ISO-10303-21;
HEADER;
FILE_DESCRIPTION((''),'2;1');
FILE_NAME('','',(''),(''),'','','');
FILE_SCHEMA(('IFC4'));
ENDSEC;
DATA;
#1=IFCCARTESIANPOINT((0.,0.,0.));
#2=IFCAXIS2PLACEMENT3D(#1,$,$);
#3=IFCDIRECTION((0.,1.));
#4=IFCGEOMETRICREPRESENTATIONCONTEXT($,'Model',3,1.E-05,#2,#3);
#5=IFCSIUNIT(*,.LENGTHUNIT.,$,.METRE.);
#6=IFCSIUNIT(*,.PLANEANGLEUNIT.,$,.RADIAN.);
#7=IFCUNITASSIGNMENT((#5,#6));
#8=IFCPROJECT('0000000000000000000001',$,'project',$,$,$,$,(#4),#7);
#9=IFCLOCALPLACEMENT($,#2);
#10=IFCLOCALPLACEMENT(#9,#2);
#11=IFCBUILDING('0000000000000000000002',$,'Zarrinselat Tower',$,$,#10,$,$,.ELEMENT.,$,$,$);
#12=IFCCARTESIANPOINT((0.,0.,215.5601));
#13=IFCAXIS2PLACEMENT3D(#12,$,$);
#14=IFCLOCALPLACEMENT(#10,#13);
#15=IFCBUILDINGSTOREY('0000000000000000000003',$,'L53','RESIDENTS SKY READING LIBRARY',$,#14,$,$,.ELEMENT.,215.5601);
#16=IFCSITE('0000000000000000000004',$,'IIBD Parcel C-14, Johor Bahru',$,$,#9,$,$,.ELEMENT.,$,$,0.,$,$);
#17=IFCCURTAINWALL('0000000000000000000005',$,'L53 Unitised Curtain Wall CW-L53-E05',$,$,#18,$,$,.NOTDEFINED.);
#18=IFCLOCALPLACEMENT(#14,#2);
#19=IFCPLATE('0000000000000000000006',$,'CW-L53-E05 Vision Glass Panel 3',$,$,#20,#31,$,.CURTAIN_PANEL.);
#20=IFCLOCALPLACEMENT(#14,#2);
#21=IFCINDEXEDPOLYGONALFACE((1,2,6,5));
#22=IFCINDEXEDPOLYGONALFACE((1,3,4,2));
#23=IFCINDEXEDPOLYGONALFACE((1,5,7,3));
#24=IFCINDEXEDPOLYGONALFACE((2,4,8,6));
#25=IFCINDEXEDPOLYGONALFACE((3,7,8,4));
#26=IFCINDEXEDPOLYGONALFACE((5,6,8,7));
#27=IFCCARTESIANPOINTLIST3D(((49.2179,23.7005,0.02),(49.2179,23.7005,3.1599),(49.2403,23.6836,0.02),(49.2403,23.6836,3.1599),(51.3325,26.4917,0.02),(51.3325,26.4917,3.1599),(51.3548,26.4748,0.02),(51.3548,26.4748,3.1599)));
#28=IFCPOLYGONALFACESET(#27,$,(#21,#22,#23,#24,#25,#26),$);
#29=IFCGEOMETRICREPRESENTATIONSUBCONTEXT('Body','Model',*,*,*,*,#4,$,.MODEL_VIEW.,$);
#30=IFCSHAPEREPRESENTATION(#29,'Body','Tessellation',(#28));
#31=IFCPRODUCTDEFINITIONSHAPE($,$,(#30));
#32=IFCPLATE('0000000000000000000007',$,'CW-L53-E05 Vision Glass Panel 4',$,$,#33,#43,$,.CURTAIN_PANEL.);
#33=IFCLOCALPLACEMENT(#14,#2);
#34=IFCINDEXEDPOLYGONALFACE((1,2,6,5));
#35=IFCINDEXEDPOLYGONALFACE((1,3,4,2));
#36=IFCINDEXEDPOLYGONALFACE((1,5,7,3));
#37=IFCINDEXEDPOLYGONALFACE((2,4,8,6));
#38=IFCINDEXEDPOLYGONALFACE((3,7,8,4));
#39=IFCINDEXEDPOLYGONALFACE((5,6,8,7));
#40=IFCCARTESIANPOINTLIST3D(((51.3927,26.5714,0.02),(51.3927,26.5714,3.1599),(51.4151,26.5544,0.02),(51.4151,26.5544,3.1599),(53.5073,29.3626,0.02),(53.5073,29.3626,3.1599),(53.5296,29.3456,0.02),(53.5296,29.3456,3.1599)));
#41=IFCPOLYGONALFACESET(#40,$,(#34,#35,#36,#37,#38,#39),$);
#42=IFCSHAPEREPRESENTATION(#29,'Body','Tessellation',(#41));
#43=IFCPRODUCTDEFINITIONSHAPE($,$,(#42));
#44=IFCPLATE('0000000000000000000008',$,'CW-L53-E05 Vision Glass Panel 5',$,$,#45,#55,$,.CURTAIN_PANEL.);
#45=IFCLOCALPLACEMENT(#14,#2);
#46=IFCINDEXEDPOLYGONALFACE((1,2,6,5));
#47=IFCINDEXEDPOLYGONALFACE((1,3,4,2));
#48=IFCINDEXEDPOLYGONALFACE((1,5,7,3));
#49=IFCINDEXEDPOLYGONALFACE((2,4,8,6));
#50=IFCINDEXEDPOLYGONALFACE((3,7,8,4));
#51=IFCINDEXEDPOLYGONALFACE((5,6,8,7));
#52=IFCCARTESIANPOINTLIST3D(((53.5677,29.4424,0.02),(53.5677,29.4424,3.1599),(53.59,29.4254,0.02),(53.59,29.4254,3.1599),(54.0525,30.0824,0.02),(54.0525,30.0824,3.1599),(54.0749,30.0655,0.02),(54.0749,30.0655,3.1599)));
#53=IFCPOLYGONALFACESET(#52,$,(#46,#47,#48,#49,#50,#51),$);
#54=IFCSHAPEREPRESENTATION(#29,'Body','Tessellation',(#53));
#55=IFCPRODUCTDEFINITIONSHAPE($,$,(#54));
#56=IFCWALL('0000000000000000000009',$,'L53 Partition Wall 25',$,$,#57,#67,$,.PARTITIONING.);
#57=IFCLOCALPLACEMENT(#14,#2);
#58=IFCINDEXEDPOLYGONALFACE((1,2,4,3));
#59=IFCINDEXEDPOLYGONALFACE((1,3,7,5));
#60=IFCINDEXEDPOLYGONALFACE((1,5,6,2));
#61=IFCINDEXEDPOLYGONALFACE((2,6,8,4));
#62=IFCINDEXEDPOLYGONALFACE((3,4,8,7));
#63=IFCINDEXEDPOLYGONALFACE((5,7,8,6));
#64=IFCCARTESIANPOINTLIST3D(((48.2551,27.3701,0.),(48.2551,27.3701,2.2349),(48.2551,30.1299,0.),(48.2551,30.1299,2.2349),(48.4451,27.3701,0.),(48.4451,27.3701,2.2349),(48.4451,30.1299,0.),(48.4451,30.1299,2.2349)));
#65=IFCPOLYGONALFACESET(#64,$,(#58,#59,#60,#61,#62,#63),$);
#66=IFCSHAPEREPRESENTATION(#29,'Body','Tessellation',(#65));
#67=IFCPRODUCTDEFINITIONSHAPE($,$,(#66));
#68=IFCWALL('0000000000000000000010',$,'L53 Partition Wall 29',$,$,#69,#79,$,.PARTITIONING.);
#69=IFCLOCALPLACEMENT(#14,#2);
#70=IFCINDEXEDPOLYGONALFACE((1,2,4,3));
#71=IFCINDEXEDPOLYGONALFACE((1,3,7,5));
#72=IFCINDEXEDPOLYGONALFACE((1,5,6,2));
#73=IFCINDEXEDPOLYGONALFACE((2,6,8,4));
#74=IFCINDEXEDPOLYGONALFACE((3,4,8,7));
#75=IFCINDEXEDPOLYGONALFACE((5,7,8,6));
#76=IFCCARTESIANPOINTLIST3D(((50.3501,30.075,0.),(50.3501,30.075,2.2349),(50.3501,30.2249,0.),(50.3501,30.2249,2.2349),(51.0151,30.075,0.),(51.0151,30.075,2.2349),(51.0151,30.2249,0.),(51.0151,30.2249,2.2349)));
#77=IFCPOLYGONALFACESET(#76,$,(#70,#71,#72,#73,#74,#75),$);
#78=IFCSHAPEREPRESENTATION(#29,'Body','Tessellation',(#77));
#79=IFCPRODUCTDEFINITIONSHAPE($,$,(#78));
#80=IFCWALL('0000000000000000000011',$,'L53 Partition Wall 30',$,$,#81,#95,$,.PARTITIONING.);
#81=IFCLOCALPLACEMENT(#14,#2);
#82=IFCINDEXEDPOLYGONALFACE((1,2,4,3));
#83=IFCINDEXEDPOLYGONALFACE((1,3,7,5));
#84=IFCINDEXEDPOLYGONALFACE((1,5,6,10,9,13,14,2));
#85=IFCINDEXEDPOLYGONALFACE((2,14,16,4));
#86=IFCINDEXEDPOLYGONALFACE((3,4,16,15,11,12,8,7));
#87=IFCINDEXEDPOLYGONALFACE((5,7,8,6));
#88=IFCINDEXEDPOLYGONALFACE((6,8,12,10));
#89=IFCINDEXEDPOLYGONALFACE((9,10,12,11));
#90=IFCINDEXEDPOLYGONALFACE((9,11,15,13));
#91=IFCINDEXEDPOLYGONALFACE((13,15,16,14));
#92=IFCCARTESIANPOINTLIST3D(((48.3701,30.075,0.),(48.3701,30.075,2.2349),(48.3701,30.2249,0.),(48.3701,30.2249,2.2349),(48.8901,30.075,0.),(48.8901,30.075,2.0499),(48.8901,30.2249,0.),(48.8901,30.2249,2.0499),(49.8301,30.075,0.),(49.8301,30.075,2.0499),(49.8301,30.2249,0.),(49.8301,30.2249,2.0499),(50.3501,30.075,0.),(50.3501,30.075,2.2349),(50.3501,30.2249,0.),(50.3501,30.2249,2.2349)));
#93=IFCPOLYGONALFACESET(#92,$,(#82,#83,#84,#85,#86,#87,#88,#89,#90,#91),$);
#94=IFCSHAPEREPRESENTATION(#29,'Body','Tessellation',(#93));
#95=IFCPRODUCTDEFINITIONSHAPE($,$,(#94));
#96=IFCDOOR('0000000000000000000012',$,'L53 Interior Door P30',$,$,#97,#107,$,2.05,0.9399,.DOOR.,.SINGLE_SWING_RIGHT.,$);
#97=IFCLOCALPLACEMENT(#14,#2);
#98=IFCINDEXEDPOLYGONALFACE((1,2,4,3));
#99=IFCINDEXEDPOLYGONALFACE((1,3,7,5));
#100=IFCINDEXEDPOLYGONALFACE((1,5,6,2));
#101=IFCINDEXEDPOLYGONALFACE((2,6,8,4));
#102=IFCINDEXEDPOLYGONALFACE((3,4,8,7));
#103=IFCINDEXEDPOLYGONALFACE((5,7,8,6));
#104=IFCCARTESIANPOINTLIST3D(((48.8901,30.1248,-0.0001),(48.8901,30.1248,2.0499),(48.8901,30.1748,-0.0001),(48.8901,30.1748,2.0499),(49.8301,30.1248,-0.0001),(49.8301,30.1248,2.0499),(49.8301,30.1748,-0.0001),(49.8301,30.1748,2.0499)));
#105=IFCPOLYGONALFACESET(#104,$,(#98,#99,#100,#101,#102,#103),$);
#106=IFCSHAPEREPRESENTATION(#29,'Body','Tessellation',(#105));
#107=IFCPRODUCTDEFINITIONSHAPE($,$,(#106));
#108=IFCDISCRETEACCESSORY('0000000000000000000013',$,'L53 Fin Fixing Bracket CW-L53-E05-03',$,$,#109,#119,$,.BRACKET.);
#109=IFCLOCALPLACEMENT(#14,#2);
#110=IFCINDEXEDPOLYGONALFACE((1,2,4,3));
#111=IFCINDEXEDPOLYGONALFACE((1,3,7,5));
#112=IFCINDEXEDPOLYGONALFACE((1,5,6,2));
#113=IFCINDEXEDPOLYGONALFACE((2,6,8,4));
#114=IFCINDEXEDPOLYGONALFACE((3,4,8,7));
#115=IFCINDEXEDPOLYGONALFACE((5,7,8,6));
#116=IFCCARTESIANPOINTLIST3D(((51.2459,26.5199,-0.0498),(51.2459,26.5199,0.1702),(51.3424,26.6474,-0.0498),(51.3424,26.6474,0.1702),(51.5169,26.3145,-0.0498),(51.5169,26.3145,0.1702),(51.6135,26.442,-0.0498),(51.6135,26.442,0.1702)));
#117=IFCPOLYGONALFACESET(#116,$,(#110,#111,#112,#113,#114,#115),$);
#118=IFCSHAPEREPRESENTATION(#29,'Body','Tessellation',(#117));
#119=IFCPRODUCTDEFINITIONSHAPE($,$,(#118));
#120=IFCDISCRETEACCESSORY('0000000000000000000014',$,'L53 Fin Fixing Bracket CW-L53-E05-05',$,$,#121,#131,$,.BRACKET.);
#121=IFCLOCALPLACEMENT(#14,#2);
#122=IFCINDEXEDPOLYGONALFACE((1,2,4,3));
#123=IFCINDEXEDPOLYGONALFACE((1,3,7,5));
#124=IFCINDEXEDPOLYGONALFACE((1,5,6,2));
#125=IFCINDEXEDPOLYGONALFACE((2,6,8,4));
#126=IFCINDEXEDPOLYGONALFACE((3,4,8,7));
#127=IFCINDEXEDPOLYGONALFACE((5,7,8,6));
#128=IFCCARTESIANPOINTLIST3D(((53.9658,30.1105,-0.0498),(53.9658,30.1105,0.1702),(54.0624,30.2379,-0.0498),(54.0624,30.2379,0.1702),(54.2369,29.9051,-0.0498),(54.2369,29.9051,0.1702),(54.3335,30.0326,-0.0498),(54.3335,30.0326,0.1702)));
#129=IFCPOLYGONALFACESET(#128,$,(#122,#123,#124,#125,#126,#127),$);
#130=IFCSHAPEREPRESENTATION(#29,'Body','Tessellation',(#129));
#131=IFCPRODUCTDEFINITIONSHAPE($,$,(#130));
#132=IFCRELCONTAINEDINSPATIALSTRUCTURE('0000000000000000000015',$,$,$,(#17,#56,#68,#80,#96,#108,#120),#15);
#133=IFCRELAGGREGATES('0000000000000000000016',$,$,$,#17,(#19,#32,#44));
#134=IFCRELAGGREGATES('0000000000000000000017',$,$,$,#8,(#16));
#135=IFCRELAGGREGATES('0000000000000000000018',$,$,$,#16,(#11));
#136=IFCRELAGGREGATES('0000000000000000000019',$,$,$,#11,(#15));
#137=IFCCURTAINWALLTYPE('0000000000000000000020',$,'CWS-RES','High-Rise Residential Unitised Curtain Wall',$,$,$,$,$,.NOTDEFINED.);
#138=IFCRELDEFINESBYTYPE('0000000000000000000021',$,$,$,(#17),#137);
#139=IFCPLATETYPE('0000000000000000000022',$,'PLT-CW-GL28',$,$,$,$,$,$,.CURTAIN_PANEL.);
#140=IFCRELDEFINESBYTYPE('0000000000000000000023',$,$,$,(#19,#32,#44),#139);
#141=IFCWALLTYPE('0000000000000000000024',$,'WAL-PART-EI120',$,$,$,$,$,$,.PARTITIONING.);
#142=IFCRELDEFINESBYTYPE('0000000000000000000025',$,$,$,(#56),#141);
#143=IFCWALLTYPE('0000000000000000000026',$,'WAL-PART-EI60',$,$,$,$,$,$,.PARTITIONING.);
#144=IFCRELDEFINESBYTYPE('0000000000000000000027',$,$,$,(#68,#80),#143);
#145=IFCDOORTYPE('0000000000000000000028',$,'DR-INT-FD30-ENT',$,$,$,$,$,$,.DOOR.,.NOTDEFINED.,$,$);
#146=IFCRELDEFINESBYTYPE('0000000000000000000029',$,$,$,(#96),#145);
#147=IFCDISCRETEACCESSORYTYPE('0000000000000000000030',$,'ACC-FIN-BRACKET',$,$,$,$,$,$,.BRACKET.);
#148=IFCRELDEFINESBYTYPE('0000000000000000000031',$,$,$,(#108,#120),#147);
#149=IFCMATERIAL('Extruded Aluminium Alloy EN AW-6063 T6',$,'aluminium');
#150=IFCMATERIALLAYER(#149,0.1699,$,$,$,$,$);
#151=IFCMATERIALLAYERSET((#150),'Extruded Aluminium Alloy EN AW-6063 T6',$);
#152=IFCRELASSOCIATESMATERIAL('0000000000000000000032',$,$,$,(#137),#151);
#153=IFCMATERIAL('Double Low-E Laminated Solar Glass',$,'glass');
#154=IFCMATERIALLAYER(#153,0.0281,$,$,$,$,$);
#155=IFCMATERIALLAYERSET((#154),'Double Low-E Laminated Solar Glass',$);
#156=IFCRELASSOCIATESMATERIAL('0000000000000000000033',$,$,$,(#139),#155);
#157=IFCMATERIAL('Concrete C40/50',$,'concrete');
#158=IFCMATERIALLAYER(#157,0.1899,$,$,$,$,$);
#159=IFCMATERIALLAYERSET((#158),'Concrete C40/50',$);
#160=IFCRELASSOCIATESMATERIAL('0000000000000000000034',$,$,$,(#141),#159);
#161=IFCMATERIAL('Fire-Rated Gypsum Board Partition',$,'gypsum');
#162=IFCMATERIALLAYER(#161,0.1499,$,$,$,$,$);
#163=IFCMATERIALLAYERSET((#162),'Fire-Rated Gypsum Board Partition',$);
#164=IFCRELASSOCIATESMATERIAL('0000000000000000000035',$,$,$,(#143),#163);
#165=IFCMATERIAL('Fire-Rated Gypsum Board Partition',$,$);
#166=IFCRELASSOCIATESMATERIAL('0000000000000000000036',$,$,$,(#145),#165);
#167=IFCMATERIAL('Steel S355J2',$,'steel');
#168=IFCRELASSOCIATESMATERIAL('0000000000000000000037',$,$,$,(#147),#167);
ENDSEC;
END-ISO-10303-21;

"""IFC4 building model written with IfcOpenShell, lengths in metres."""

from ifc_helpers import new_model, si_unit, direction, frame, frame_2d, origin, origin_2d, place, context, subcontext, project, spatial, rectangle, extrude, material, layer, layer_set, type_object, element, fill, aggregate, save


model = new_model("IFC4")

# Units and contexts
model_context = context("Model", 3, precision=1e-05, world=origin(), true_north=direction((0.0, 1.0)))
body_context = subcontext(model_context, "Body", "Model", "MODEL_VIEW")
ifc_project = project(units=[si_unit("LENGTHUNIT", "METRE"), si_unit("PLANEANGLEUNIT", "RADIAN")], contexts=[model_context])

# Site, building, storey
site_placement = place(None, origin())
site = spatial("IfcSite", under=ifc_project, at=site_placement, Name="IIBD Parcel C-14, Johor Bahru", CompositionType="ELEMENT", RefElevation=0.0)
building_placement = place(site_placement, origin())
building = spatial("IfcBuilding", under=site, at=building_placement, Name="Zarrinselat Tower", CompositionType="ELEMENT")
storey_placement = place(building_placement, frame((0.0, 0.0, 215.5601)))
storey = spatial("IfcBuildingStorey", under=building, at=storey_placement, Name="L53", Description="RESIDENTS SKY READING LIBRARY", CompositionType="ELEMENT", Elevation=215.5601)

# Curtain wall, plates
ifc_material_1 = material(Name="Extruded Aluminium Alloy EN AW-6063 T6", Category="aluminium")
ifc_layer_1 = layer(ifc_material_1, 0.1699)
ifc_layer_set_1 = layer_set([ifc_layer_1], Name="Extruded Aluminium Alloy EN AW-6063 T6")
curtain_wall_type = type_object("IfcCurtainWallType", Name="CWS-RES", Description="High-Rise Residential Unitised Curtain Wall", PredefinedType="NOTDEFINED", material=ifc_layer_set_1)
curtain_wall_placement = place(storey_placement, origin())
curtain_wall = element("IfcCurtainWall", 1, at=curtain_wall_placement, inside=storey, type_object=curtain_wall_type, Name="L53 Unitised Curtain Wall CW-L53-E05", PredefinedType="NOTDEFINED")
ifc_material_2 = material(Name="Double Low-E Laminated Solar Glass", Category="glass")
ifc_layer_2 = layer(ifc_material_2, 0.0281)
ifc_layer_set_2 = layer_set([ifc_layer_2], Name="Double Low-E Laminated Solar Glass")
plate_type = type_object("IfcPlateType", Name="PLT-CW-GL28", PredefinedType="CURTAIN_PANEL", material=ifc_layer_set_2)
plate_1_placement = place(storey_placement, frame((50.2864, 25.0876, 0.02), z_axis=(0.0, 0.0, 1.0), x_axis=(0.603859, 0.797091, 0.0)))
plate_1 = element("IfcPlate", 2, at=plate_1_placement, type_object=plate_type, Name="CW-L53-E05 Vision Glass Panel 3", PredefinedType="CURTAIN_PANEL", context=body_context, shape_type="SweptSolid", body=[
    extrude(rectangle(XDim=3.5017, YDim=0.0281, at=origin_2d()), origin(), (0.0, 0.0, 1.0), 3.1399),
])
plate_2_placement = place(storey_placement, frame((52.4612, 27.9585, 0.02), z_axis=(0.0, 0.0, 1.0), x_axis=(0.603859, 0.797091, 0.0)))
plate_2 = element("IfcPlate", 3, at=plate_2_placement, type_object=plate_type, Name="CW-L53-E05 Vision Glass Panel 4", PredefinedType="CURTAIN_PANEL", context=body_context, shape_type="SweptSolid", body=[
    extrude(rectangle(XDim=3.5017, YDim=0.0281, at=origin_2d()), origin(), (0.0, 0.0, 1.0), 3.1399),
])
plate_3_placement = place(storey_placement, frame((53.8213, 29.7539, 0.02), z_axis=(0.0, 0.0, 1.0), x_axis=(0.603859, 0.797091, 0.0)))
plate_3 = element("IfcPlate", 4, at=plate_3_placement, type_object=plate_type, Name="CW-L53-E05 Vision Glass Panel 5", PredefinedType="CURTAIN_PANEL", context=body_context, shape_type="SweptSolid", body=[
    extrude(rectangle(XDim=0.803, YDim=0.0281, at=origin_2d()), origin(), (0.0, 0.0, 1.0), 3.1399),
])
aggregate(curtain_wall, [plate_1, plate_2, plate_3])

# Walls
ifc_material_3 = material(Name="Concrete C40/50", Category="concrete")
ifc_layer_3 = layer(ifc_material_3, 0.1899)
ifc_layer_set_3 = layer_set([ifc_layer_3], Name="Concrete C40/50")
wall_type_1 = type_object("IfcWallType", Name="WAL-PART-EI120", PredefinedType="PARTITIONING", material=ifc_layer_set_3)
wall_1_placement = place(storey_placement, frame((48.3501, 27.3701, 0.0), z_axis=(0.0, 0.0, 1.0), x_axis=(0.0, 1.0, 0.0)))
element("IfcWall", 5, at=wall_1_placement, inside=storey, type_object=wall_type_1, Name="L53 Partition Wall 25", PredefinedType="PARTITIONING", context=body_context, shape_type="SweptSolid", body=[
    extrude(rectangle(XDim=2.7598, YDim=0.1899, at=frame_2d((1.3799, 0.0))), origin(), (0.0, 0.0, 1.0), 2.2349),
])
ifc_material_4 = material(Name="Fire-Rated Gypsum Board Partition", Category="gypsum")
ifc_layer_4 = layer(ifc_material_4, 0.1499)
ifc_layer_set_4 = layer_set([ifc_layer_4], Name="Fire-Rated Gypsum Board Partition")
wall_type_2 = type_object("IfcWallType", Name="WAL-PART-EI60", PredefinedType="PARTITIONING", material=ifc_layer_set_4)
wall_2_placement = place(storey_placement, frame((50.3501, 30.1499, 0.0), z_axis=(0.0, 0.0, 1.0), x_axis=(1.0, 0.0, 0.0)))
element("IfcWall", 6, at=wall_2_placement, inside=storey, type_object=wall_type_2, Name="L53 Partition Wall 29", PredefinedType="PARTITIONING", context=body_context, shape_type="SweptSolid", body=[
    extrude(rectangle(XDim=0.665, YDim=0.1499, at=frame_2d((0.3325, 0.0))), origin(), (0.0, 0.0, 1.0), 2.2349),
])

# Wall, opening, door
wall_3_placement = place(storey_placement, frame((48.3701, 30.1499, 0.0), z_axis=(0.0, 0.0, 1.0), x_axis=(1.0, 0.0, 0.0)))
wall_3 = element("IfcWall", 7, at=wall_3_placement, inside=storey, type_object=wall_type_2, Name="L53 Partition Wall 30", PredefinedType="PARTITIONING", context=body_context, shape_type="SweptSolid", body=[
    extrude(rectangle(XDim=1.98, YDim=0.1499, at=frame_2d((0.99, 0.0))), origin(), (0.0, 0.0, 1.0), 2.2349),
])
opening_placement = place(wall_3_placement, frame((0.52, 0.0, 0.0)))
opening = element("IfcOpeningElement", 8, at=opening_placement, cuts=wall_3, PredefinedType="OPENING", context=body_context, shape_type="SweptSolid", body=[
    extrude(rectangle(XDim=0.9399, YDim=2.05, at=frame_2d((0.47, 1.0249))), frame((0.0, 0.085, 0.0), z_axis=(0.0, -1.0, 0.0), x_axis=(1.0, 0.0, 0.0)), (0.0, 0.0, 1.0), 0.1699),
])
ifc_material_5 = material(Name="Fire-Rated Gypsum Board Partition")
door_type = type_object("IfcDoorType", Name="DR-INT-FD30-ENT", OperationType="NOTDEFINED", PredefinedType="DOOR", material=ifc_material_5)
door_placement = place(opening_placement, origin())
door = element("IfcDoor", 9, at=door_placement, inside=storey, type_object=door_type, Name="L53 Interior Door P30", OperationType="SINGLE_SWING_RIGHT", OverallHeight=2.05, OverallWidth=0.9399, PredefinedType="DOOR", context=body_context, shape_type="SweptSolid", body=[
    extrude(rectangle(XDim=0.9399, YDim=2.05, at=frame_2d((0.47, 1.0249))), frame((0.0, 0.0249, 0.0), z_axis=(0.0, -1.0, 0.0), x_axis=(1.0, 0.0, 0.0)), (0.0, 0.0, 1.0), 0.05),
])
fill(opening, door)

# Discrete accessories
ifc_material_6 = material(Name="Steel S355J2", Category="steel")
discrete_accessory_type = type_object("IfcDiscreteAccessoryType", Name="ACC-FIN-BRACKET", PredefinedType="BRACKET", material=ifc_material_6)
for number, where, z_axis, x_axis, name in (
    (10, (51.4297, 26.481, -0.0498), (0.0, 0.0, 1.0), (0.797091, -0.603859, 0.0), "L53 Fin Fixing Bracket CW-L53-E05-03"),
    (11, (54.1497, 30.0715, -0.0498), (0.0, 0.0, 1.0), (0.797091, -0.603859, 0.0), "L53 Fin Fixing Bracket CW-L53-E05-05"),
):
    element("IfcDiscreteAccessory", number, at=place(storey_placement, frame(where, z_axis=z_axis, x_axis=x_axis)), inside=storey, type_object=discrete_accessory_type, Name=name, PredefinedType="BRACKET", context=body_context, shape_type="SweptSolid", body=[
        extrude(rectangle(XDim=0.3401, YDim=0.1599, at=origin_2d()), origin(), (0.0, 0.0, 1.0), 0.22),
    ])

save(model, "model.ifc")
